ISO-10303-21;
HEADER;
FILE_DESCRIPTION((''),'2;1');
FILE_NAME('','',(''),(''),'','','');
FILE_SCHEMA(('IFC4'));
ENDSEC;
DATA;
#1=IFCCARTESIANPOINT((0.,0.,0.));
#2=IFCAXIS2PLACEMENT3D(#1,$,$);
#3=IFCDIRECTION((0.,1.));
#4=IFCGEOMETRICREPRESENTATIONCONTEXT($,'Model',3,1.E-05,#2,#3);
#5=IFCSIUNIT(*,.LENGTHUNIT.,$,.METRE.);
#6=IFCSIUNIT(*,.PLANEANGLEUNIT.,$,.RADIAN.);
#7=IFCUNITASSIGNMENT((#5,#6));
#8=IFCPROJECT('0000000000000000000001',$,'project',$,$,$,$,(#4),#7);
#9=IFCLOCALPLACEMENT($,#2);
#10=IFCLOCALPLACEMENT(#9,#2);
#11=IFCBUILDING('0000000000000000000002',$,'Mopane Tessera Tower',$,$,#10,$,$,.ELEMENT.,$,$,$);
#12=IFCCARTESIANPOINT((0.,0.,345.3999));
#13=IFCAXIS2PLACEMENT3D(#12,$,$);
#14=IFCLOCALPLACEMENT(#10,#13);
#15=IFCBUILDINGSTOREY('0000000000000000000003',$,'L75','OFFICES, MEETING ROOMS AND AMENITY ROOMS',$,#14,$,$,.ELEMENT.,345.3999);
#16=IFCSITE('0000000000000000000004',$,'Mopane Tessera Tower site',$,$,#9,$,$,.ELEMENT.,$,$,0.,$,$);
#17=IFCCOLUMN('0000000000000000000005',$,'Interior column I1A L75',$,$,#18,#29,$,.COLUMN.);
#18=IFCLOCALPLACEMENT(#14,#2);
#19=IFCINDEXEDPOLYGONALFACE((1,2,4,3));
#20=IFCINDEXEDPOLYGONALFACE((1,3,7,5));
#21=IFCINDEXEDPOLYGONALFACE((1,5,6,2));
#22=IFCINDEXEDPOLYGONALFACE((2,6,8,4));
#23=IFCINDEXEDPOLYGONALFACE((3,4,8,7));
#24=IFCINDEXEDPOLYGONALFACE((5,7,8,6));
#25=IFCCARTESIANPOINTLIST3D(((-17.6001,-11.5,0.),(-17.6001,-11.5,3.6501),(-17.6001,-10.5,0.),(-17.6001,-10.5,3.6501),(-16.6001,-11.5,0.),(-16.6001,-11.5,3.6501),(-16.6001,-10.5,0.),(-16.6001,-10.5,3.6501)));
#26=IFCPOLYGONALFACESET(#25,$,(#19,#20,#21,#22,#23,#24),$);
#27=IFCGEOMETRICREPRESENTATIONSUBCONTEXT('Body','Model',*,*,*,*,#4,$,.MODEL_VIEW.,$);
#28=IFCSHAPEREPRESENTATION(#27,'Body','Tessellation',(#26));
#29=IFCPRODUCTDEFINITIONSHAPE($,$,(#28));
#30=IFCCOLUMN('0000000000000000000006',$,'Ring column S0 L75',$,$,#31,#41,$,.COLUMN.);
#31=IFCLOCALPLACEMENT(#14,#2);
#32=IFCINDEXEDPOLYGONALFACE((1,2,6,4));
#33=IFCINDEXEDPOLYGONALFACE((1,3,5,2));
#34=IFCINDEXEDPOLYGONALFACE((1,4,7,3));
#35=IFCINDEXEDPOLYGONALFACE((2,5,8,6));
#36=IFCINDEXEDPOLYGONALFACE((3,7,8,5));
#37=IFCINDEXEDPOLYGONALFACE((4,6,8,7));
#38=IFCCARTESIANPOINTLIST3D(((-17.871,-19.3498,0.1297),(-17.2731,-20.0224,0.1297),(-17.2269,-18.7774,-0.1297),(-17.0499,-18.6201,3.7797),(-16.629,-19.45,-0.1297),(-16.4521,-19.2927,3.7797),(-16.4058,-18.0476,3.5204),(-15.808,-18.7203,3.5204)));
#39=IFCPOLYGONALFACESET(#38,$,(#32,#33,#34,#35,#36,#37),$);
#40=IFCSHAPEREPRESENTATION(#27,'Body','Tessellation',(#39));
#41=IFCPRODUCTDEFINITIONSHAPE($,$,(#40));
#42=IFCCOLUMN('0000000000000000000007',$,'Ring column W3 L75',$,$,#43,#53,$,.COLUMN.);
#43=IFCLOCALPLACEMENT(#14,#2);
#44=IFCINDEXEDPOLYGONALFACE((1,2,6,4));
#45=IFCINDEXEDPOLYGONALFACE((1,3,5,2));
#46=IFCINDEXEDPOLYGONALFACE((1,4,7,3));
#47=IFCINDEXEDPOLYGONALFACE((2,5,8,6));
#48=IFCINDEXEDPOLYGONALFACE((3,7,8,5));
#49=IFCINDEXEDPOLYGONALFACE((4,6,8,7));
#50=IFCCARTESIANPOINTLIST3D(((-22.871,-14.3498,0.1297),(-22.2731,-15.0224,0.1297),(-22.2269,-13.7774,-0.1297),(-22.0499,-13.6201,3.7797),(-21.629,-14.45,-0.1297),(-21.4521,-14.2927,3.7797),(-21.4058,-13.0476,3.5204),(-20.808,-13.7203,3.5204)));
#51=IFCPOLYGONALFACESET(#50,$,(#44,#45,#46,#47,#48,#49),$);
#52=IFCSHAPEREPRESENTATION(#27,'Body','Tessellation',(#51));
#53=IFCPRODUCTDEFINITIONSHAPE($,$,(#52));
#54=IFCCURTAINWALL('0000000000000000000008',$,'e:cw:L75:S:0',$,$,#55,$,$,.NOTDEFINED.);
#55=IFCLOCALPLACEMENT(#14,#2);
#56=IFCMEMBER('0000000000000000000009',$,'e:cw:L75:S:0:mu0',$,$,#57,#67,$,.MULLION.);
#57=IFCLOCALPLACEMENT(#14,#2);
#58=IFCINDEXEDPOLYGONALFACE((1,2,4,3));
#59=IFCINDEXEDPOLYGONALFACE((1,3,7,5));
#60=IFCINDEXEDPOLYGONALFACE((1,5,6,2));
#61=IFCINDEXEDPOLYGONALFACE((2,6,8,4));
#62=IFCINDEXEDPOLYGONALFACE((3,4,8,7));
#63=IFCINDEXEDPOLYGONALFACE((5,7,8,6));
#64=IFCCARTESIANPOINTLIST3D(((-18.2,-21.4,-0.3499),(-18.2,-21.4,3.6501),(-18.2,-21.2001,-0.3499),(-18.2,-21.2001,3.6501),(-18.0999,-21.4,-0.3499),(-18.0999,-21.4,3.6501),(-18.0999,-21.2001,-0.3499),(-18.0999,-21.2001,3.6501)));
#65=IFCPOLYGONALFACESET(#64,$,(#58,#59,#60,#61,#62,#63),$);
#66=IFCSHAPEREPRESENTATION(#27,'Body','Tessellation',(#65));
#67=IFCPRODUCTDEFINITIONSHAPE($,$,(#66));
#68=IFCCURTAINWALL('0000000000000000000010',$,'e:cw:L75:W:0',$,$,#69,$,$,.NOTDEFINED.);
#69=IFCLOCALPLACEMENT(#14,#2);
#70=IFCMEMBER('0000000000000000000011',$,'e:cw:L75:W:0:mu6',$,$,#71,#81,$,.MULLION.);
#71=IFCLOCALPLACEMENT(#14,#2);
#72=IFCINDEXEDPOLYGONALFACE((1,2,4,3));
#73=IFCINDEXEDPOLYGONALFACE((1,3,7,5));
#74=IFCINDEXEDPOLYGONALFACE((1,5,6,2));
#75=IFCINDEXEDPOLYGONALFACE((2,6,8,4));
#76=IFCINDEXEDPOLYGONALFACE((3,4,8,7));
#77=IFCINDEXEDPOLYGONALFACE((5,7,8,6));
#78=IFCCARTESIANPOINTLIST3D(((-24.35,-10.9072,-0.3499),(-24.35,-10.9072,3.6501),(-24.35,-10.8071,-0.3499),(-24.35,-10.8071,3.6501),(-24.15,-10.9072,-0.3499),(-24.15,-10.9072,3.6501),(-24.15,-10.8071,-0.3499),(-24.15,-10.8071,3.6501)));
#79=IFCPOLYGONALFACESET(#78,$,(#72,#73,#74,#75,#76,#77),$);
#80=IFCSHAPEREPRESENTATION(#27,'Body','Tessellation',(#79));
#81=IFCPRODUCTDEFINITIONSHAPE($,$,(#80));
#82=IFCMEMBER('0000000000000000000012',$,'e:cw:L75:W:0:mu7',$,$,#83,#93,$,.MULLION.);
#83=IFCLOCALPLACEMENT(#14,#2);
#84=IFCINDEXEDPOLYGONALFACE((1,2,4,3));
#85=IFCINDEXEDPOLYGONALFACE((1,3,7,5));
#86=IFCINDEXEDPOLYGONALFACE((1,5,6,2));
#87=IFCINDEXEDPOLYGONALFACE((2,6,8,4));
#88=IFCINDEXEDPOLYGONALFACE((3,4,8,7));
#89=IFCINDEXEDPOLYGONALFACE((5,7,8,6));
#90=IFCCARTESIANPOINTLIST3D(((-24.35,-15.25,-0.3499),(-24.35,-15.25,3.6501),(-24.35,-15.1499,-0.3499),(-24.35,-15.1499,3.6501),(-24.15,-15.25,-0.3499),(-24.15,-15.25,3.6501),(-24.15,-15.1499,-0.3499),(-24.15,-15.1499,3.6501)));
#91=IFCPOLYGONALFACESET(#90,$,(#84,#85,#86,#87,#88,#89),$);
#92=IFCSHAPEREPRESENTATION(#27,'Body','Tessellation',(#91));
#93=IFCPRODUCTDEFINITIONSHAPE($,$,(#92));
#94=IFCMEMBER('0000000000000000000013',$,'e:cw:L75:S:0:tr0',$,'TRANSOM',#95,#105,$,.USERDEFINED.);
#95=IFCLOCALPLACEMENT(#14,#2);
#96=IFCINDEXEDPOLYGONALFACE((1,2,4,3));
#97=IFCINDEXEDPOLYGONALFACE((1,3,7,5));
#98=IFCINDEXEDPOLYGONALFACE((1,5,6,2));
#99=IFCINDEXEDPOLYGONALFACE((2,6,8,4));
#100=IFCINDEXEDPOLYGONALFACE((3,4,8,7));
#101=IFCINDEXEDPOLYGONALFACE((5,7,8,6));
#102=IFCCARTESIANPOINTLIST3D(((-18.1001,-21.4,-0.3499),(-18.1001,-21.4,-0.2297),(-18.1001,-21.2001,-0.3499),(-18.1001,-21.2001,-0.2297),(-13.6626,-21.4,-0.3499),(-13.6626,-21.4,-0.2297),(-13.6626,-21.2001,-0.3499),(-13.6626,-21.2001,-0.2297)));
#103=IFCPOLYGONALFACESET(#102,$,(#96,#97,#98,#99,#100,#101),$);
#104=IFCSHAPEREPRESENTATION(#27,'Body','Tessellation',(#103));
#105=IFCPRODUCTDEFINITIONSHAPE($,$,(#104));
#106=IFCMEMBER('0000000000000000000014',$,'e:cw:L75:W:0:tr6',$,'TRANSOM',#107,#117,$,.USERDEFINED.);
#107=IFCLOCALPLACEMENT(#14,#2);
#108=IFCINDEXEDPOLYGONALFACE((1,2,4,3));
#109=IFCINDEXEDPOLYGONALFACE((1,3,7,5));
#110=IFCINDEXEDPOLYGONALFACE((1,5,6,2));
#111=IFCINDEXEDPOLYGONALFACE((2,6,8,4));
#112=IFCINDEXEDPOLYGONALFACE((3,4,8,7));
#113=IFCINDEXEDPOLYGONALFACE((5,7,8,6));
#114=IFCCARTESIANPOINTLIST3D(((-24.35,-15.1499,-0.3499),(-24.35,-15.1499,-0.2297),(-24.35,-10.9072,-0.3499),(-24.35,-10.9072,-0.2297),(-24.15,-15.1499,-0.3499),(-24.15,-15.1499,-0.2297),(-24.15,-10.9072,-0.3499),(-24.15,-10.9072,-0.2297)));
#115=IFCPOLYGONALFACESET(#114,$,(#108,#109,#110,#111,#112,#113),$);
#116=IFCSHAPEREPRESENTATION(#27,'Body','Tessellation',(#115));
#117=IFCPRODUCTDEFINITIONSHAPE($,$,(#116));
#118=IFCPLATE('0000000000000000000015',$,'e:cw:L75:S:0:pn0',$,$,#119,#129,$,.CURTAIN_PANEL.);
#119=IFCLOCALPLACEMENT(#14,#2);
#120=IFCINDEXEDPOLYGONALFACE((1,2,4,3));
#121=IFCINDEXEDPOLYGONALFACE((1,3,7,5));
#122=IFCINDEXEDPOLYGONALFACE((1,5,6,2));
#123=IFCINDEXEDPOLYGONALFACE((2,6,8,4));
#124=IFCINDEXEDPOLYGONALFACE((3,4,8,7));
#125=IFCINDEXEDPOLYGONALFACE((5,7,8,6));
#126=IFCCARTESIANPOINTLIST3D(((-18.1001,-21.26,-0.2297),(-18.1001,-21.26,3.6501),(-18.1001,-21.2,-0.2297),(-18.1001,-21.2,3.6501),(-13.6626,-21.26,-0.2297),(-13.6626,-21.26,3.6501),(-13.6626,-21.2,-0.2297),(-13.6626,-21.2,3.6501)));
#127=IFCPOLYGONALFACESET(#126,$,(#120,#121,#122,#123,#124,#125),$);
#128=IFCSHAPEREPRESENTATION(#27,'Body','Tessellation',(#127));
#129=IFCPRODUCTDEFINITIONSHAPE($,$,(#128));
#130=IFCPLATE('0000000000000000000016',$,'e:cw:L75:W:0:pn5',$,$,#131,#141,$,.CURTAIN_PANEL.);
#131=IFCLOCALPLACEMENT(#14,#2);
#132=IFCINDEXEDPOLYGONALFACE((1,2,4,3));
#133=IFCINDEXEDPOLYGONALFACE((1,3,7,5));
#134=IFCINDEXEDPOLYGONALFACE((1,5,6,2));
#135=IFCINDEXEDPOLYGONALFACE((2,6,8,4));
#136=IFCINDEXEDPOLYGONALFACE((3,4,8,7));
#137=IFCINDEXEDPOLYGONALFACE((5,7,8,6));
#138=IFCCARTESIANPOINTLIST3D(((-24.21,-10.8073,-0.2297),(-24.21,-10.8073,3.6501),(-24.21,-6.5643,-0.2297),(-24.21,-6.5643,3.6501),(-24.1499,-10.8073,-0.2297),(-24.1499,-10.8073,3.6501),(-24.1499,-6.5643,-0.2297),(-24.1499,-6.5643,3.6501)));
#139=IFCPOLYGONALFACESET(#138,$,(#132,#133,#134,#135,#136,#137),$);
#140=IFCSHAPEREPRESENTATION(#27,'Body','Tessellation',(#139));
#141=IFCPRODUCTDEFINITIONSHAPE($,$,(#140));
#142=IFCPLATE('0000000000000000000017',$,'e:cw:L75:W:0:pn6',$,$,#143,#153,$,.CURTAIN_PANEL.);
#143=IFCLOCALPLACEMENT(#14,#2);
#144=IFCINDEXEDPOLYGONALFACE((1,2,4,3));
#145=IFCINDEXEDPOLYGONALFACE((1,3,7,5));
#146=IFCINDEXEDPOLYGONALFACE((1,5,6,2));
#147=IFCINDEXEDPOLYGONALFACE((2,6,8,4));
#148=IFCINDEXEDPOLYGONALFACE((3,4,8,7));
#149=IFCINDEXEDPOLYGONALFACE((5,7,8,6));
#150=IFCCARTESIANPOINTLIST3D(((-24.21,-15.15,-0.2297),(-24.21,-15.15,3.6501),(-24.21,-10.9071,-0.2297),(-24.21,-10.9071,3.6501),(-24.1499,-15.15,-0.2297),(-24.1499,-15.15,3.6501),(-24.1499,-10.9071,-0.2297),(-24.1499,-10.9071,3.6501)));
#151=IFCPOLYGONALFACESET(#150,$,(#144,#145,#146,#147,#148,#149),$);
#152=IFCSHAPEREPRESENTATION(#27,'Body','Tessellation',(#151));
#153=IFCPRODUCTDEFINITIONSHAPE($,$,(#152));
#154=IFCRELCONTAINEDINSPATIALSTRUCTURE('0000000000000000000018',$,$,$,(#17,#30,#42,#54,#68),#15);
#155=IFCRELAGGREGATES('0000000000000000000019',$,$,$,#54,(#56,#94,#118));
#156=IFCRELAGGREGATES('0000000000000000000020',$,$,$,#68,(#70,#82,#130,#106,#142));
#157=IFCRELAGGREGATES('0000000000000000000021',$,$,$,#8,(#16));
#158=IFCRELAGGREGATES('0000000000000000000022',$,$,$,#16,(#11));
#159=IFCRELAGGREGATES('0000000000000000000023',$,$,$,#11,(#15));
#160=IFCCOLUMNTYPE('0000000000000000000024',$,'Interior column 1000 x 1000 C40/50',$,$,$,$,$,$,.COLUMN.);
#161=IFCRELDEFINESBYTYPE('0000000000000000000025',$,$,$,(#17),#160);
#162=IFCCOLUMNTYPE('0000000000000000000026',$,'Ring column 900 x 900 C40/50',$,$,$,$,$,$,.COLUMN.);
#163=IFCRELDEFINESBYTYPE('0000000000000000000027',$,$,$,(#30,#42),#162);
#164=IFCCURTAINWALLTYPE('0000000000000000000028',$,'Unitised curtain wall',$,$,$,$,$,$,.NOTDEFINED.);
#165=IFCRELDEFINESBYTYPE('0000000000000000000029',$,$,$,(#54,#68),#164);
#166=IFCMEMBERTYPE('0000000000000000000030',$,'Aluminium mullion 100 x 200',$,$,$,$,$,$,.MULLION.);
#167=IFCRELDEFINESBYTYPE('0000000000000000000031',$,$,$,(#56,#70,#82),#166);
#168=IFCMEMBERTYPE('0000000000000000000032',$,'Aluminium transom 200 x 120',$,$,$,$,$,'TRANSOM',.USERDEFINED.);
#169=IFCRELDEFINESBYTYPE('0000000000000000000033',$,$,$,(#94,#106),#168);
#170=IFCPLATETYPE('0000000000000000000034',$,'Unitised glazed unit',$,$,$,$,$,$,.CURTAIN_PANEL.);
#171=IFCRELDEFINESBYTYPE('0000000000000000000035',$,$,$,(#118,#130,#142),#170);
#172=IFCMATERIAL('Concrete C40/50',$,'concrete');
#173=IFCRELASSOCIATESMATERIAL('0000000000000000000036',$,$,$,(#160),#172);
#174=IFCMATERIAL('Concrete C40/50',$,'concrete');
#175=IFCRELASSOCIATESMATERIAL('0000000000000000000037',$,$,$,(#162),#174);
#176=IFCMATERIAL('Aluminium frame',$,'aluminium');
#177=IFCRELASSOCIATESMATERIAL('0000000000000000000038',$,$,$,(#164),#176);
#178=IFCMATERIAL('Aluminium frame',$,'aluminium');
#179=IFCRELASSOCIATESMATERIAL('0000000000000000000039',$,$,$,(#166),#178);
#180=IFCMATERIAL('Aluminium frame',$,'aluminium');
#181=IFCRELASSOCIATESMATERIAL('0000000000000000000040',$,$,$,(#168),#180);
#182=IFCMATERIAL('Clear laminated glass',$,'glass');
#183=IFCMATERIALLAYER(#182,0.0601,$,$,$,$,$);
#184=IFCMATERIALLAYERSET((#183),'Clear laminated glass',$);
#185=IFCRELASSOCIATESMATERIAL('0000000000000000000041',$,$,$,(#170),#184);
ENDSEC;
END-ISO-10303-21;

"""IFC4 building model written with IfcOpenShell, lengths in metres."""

from ifc_helpers import new_model, si_unit, direction, frame, origin, origin_2d, place, context, subcontext, project, spatial, rectangle, extrude, material, layer, layer_set, material_profile, profile_set, type_object, element, aggregate, save


model = new_model("IFC4")

# Units and contexts
model_context = context("Model", 3, precision=1e-05, world=origin(), true_north=direction((0.0, 1.0)))
body_context = subcontext(model_context, "Body", "Model", "MODEL_VIEW")
ifc_project = project(units=[si_unit("LENGTHUNIT", "METRE"), si_unit("PLANEANGLEUNIT", "RADIAN")], contexts=[model_context])

# Site, building, storey
site_placement = place(None, origin())
site = spatial("IfcSite", under=ifc_project, at=site_placement, Name="Mopane Tessera Tower site", CompositionType="ELEMENT", RefElevation=0.0)
building_placement = place(site_placement, origin())
building = spatial("IfcBuilding", under=site, at=building_placement, Name="Mopane Tessera Tower", CompositionType="ELEMENT")
storey_placement = place(building_placement, frame((0.0, 0.0, 345.3999)))
storey = spatial("IfcBuildingStorey", under=building, at=storey_placement, Name="L75", Description="OFFICES, MEETING ROOMS AND AMENITY ROOMS", CompositionType="ELEMENT", Elevation=345.3999)

# Columns
ifc_material_1 = material(Name="Concrete C40/50", Category="concrete")
ifc_material_profile_1 = material_profile(ifc_material_1, rectangle(XDim=1.0, YDim=1.0, at=origin_2d()))
ifc_profile_set_1 = profile_set([ifc_material_profile_1], Name="Concrete C40/50")
column_type_1 = type_object("IfcColumnType", Name="Interior column 1000 x 1000 C40/50", PredefinedType="COLUMN", material=ifc_profile_set_1)
column_placement = place(storey_placement, frame((-17.1001, -11.0, 0.0), z_axis=(0.0, 0.0, 1.0), x_axis=(1.0, 0.0, 0.0)))
element("IfcColumn", 1, at=column_placement, inside=storey, type_object=column_type_1, Name="Interior column I1A L75", PredefinedType="COLUMN", context=body_context, shape_type="SweptSolid", body=[
    extrude(rectangle(XDim=1.0, YDim=1.0, at=origin_2d()), origin(), (0.0, 0.0, 1.0), 3.6501),
])
ifc_material_2 = material(Name="Concrete C40/50", Category="concrete")
ifc_material_profile_2 = material_profile(ifc_material_2, rectangle(XDim=0.8999, YDim=0.8999, at=origin_2d()))
ifc_profile_set_2 = profile_set([ifc_material_profile_2], Name="Concrete C40/50")
column_type_2 = type_object("IfcColumnType", Name="Ring column 900 x 900 C40/50", PredefinedType="COLUMN", material=ifc_profile_set_2)
for number, where, z_axis, x_axis, name in (
    (2, (-17.25, -19.3999, 0.0), (0.215393, 0.191439, 0.957579), (-0.664322, 0.747446, 0.0), "Ring column S0 L75"),
    (3, (-22.25, -14.3999, 0.0), (0.215393, 0.191439, 0.957579), (-0.664322, 0.747446, 0.0), "Ring column W3 L75"),
):
    element("IfcColumn", number, at=place(storey_placement, frame(where, z_axis=z_axis, x_axis=x_axis)), inside=storey, type_object=column_type_2, Name=name, PredefinedType="COLUMN", context=body_context, shape_type="SweptSolid", body=[
        extrude(rectangle(XDim=0.8999, YDim=0.8999, at=origin_2d()), origin(), (0.0, 0.0, 1.0), 3.8118),
    ])

# Curtain wall, member
ifc_material_3 = material(Name="Aluminium frame", Category="aluminium")
curtain_wall_type = type_object("IfcCurtainWallType", Name="Unitised curtain wall", PredefinedType="NOTDEFINED", material=ifc_material_3)
curtain_wall_1_placement = place(storey_placement, origin())
curtain_wall_1 = element("IfcCurtainWall", 4, at=curtain_wall_1_placement, inside=storey, type_object=curtain_wall_type, Name="e:cw:L75:S:0", PredefinedType="NOTDEFINED")
ifc_material_4 = material(Name="Aluminium frame", Category="aluminium")
ifc_material_profile_3 = material_profile(ifc_material_4, rectangle(XDim=0.1001, YDim=0.2, at=origin_2d()))
ifc_profile_set_3 = profile_set([ifc_material_profile_3], Name="Aluminium frame")
member_type_1 = type_object("IfcMemberType", Name="Aluminium mullion 100 x 200", PredefinedType="MULLION", material=ifc_profile_set_3)
member_1_placement = place(storey_placement, frame((-18.1499, -21.3, -0.3499), z_axis=(0.0, 0.0, 1.0), x_axis=(1.0, 0.0, 0.0)))
member_1 = element("IfcMember", 5, at=member_1_placement, type_object=member_type_1, Name="e:cw:L75:S:0:mu0", PredefinedType="MULLION", context=body_context, shape_type="SweptSolid", body=[
    extrude(rectangle(XDim=0.1001, YDim=0.2, at=origin_2d()), origin(), (0.0, 0.0, 1.0), 4.0),
])

# Curtain wall, members
curtain_wall_2_placement = place(storey_placement, origin())
curtain_wall_2 = element("IfcCurtainWall", 6, at=curtain_wall_2_placement, inside=storey, type_object=curtain_wall_type, Name="e:cw:L75:W:0", PredefinedType="NOTDEFINED")
member_2_placement = place(storey_placement, frame((-24.25, -10.8572, -0.3499), z_axis=(0.0, 0.0, 1.0), x_axis=(0.0, -1.0, 0.0)))
member_2 = element("IfcMember", 7, at=member_2_placement, type_object=member_type_1, Name="e:cw:L75:W:0:mu6", PredefinedType="MULLION", context=body_context, shape_type="SweptSolid", body=[
    extrude(rectangle(XDim=0.1001, YDim=0.2, at=origin_2d()), origin(), (0.0, 0.0, 1.0), 4.0),
])
member_3_placement = place(storey_placement, frame((-24.25, -15.2, -0.3499), z_axis=(0.0, 0.0, 1.0), x_axis=(0.0, -1.0, 0.0)))
member_3 = element("IfcMember", 8, at=member_3_placement, type_object=member_type_1, Name="e:cw:L75:W:0:mu7", PredefinedType="MULLION", context=body_context, shape_type="SweptSolid", body=[
    extrude(rectangle(XDim=0.1001, YDim=0.2, at=origin_2d()), origin(), (0.0, 0.0, 1.0), 4.0),
])

# Members
ifc_material_5 = material(Name="Aluminium frame", Category="aluminium")
ifc_material_profile_4 = material_profile(ifc_material_5, rectangle(XDim=0.2, YDim=0.1201, at=origin_2d()))
ifc_profile_set_4 = profile_set([ifc_material_profile_4], Name="Aluminium frame")
member_type_2 = type_object("IfcMemberType", Name="Aluminium transom 200 x 120", ElementType="TRANSOM", PredefinedType="USERDEFINED", material=ifc_profile_set_4)
member_4_placement = place(storey_placement, frame((-18.1001, -21.3, -0.2898), z_axis=(1.0, 0.0, 0.0), x_axis=(0.0, 1.0, 0.0)))
member_4 = element("IfcMember", 9, at=member_4_placement, type_object=member_type_2, Name="e:cw:L75:S:0:tr0", ObjectType="TRANSOM", PredefinedType="USERDEFINED", context=body_context, shape_type="SweptSolid", body=[
    extrude(rectangle(XDim=0.2, YDim=0.1201, at=origin_2d()), origin(), (0.0, 0.0, 1.0), 4.4375),
])
member_5_placement = place(storey_placement, frame((-24.25, -10.9072, -0.2898), z_axis=(0.0, -1.0, 0.0), x_axis=(1.0, 0.0, 0.0)))
member_5 = element("IfcMember", 10, at=member_5_placement, type_object=member_type_2, Name="e:cw:L75:W:0:tr6", ObjectType="TRANSOM", PredefinedType="USERDEFINED", context=body_context, shape_type="SweptSolid", body=[
    extrude(rectangle(XDim=0.2, YDim=0.1201, at=origin_2d()), origin(), (0.0, 0.0, 1.0), 4.2427),
])

# Plates
ifc_material_6 = material(Name="Clear laminated glass", Category="glass")
ifc_layer_1 = layer(ifc_material_6, 0.0601)
ifc_layer_set_1 = layer_set([ifc_layer_1], Name="Clear laminated glass")
plate_type = type_object("IfcPlateType", Name="Unitised glazed unit", PredefinedType="CURTAIN_PANEL", material=ifc_layer_set_1)
plate_1_placement = place(storey_placement, frame((-15.8813, -21.23, -0.2297), z_axis=(0.0, 0.0, 1.0), x_axis=(1.0, 0.0, 0.0)))
plate_1 = element("IfcPlate", 11, at=plate_1_placement, type_object=plate_type, Name="e:cw:L75:S:0:pn0", PredefinedType="CURTAIN_PANEL", context=body_context, shape_type="SweptSolid", body=[
    extrude(rectangle(XDim=4.4375, YDim=0.0601, at=origin_2d()), origin(), (0.0, 0.0, 1.0), 3.8799),
])
aggregate(curtain_wall_1, [member_1, member_4, plate_1])
plate_2_placement = place(storey_placement, frame((-24.1799, -8.6858, -0.2297), z_axis=(0.0, 0.0, 1.0), x_axis=(0.0, -1.0, 0.0)))
plate_2 = element("IfcPlate", 12, at=plate_2_placement, type_object=plate_type, Name="e:cw:L75:W:0:pn5", PredefinedType="CURTAIN_PANEL", context=body_context, shape_type="SweptSolid", body=[
    extrude(rectangle(XDim=4.2429, YDim=0.0601, at=origin_2d()), origin(), (0.0, 0.0, 1.0), 3.8799),
])
plate_3_placement = place(storey_placement, frame((-24.1799, -13.0286, -0.2297), z_axis=(0.0, 0.0, 1.0), x_axis=(0.0, -1.0, 0.0)))
plate_3 = element("IfcPlate", 13, at=plate_3_placement, type_object=plate_type, Name="e:cw:L75:W:0:pn6", PredefinedType="CURTAIN_PANEL", context=body_context, shape_type="SweptSolid", body=[
    extrude(rectangle(XDim=4.2429, YDim=0.0601, at=origin_2d()), origin(), (0.0, 0.0, 1.0), 3.8799),
])
aggregate(curtain_wall_2, [member_2, member_3, plate_2, member_5, plate_3])

save(model, "model.ifc")
